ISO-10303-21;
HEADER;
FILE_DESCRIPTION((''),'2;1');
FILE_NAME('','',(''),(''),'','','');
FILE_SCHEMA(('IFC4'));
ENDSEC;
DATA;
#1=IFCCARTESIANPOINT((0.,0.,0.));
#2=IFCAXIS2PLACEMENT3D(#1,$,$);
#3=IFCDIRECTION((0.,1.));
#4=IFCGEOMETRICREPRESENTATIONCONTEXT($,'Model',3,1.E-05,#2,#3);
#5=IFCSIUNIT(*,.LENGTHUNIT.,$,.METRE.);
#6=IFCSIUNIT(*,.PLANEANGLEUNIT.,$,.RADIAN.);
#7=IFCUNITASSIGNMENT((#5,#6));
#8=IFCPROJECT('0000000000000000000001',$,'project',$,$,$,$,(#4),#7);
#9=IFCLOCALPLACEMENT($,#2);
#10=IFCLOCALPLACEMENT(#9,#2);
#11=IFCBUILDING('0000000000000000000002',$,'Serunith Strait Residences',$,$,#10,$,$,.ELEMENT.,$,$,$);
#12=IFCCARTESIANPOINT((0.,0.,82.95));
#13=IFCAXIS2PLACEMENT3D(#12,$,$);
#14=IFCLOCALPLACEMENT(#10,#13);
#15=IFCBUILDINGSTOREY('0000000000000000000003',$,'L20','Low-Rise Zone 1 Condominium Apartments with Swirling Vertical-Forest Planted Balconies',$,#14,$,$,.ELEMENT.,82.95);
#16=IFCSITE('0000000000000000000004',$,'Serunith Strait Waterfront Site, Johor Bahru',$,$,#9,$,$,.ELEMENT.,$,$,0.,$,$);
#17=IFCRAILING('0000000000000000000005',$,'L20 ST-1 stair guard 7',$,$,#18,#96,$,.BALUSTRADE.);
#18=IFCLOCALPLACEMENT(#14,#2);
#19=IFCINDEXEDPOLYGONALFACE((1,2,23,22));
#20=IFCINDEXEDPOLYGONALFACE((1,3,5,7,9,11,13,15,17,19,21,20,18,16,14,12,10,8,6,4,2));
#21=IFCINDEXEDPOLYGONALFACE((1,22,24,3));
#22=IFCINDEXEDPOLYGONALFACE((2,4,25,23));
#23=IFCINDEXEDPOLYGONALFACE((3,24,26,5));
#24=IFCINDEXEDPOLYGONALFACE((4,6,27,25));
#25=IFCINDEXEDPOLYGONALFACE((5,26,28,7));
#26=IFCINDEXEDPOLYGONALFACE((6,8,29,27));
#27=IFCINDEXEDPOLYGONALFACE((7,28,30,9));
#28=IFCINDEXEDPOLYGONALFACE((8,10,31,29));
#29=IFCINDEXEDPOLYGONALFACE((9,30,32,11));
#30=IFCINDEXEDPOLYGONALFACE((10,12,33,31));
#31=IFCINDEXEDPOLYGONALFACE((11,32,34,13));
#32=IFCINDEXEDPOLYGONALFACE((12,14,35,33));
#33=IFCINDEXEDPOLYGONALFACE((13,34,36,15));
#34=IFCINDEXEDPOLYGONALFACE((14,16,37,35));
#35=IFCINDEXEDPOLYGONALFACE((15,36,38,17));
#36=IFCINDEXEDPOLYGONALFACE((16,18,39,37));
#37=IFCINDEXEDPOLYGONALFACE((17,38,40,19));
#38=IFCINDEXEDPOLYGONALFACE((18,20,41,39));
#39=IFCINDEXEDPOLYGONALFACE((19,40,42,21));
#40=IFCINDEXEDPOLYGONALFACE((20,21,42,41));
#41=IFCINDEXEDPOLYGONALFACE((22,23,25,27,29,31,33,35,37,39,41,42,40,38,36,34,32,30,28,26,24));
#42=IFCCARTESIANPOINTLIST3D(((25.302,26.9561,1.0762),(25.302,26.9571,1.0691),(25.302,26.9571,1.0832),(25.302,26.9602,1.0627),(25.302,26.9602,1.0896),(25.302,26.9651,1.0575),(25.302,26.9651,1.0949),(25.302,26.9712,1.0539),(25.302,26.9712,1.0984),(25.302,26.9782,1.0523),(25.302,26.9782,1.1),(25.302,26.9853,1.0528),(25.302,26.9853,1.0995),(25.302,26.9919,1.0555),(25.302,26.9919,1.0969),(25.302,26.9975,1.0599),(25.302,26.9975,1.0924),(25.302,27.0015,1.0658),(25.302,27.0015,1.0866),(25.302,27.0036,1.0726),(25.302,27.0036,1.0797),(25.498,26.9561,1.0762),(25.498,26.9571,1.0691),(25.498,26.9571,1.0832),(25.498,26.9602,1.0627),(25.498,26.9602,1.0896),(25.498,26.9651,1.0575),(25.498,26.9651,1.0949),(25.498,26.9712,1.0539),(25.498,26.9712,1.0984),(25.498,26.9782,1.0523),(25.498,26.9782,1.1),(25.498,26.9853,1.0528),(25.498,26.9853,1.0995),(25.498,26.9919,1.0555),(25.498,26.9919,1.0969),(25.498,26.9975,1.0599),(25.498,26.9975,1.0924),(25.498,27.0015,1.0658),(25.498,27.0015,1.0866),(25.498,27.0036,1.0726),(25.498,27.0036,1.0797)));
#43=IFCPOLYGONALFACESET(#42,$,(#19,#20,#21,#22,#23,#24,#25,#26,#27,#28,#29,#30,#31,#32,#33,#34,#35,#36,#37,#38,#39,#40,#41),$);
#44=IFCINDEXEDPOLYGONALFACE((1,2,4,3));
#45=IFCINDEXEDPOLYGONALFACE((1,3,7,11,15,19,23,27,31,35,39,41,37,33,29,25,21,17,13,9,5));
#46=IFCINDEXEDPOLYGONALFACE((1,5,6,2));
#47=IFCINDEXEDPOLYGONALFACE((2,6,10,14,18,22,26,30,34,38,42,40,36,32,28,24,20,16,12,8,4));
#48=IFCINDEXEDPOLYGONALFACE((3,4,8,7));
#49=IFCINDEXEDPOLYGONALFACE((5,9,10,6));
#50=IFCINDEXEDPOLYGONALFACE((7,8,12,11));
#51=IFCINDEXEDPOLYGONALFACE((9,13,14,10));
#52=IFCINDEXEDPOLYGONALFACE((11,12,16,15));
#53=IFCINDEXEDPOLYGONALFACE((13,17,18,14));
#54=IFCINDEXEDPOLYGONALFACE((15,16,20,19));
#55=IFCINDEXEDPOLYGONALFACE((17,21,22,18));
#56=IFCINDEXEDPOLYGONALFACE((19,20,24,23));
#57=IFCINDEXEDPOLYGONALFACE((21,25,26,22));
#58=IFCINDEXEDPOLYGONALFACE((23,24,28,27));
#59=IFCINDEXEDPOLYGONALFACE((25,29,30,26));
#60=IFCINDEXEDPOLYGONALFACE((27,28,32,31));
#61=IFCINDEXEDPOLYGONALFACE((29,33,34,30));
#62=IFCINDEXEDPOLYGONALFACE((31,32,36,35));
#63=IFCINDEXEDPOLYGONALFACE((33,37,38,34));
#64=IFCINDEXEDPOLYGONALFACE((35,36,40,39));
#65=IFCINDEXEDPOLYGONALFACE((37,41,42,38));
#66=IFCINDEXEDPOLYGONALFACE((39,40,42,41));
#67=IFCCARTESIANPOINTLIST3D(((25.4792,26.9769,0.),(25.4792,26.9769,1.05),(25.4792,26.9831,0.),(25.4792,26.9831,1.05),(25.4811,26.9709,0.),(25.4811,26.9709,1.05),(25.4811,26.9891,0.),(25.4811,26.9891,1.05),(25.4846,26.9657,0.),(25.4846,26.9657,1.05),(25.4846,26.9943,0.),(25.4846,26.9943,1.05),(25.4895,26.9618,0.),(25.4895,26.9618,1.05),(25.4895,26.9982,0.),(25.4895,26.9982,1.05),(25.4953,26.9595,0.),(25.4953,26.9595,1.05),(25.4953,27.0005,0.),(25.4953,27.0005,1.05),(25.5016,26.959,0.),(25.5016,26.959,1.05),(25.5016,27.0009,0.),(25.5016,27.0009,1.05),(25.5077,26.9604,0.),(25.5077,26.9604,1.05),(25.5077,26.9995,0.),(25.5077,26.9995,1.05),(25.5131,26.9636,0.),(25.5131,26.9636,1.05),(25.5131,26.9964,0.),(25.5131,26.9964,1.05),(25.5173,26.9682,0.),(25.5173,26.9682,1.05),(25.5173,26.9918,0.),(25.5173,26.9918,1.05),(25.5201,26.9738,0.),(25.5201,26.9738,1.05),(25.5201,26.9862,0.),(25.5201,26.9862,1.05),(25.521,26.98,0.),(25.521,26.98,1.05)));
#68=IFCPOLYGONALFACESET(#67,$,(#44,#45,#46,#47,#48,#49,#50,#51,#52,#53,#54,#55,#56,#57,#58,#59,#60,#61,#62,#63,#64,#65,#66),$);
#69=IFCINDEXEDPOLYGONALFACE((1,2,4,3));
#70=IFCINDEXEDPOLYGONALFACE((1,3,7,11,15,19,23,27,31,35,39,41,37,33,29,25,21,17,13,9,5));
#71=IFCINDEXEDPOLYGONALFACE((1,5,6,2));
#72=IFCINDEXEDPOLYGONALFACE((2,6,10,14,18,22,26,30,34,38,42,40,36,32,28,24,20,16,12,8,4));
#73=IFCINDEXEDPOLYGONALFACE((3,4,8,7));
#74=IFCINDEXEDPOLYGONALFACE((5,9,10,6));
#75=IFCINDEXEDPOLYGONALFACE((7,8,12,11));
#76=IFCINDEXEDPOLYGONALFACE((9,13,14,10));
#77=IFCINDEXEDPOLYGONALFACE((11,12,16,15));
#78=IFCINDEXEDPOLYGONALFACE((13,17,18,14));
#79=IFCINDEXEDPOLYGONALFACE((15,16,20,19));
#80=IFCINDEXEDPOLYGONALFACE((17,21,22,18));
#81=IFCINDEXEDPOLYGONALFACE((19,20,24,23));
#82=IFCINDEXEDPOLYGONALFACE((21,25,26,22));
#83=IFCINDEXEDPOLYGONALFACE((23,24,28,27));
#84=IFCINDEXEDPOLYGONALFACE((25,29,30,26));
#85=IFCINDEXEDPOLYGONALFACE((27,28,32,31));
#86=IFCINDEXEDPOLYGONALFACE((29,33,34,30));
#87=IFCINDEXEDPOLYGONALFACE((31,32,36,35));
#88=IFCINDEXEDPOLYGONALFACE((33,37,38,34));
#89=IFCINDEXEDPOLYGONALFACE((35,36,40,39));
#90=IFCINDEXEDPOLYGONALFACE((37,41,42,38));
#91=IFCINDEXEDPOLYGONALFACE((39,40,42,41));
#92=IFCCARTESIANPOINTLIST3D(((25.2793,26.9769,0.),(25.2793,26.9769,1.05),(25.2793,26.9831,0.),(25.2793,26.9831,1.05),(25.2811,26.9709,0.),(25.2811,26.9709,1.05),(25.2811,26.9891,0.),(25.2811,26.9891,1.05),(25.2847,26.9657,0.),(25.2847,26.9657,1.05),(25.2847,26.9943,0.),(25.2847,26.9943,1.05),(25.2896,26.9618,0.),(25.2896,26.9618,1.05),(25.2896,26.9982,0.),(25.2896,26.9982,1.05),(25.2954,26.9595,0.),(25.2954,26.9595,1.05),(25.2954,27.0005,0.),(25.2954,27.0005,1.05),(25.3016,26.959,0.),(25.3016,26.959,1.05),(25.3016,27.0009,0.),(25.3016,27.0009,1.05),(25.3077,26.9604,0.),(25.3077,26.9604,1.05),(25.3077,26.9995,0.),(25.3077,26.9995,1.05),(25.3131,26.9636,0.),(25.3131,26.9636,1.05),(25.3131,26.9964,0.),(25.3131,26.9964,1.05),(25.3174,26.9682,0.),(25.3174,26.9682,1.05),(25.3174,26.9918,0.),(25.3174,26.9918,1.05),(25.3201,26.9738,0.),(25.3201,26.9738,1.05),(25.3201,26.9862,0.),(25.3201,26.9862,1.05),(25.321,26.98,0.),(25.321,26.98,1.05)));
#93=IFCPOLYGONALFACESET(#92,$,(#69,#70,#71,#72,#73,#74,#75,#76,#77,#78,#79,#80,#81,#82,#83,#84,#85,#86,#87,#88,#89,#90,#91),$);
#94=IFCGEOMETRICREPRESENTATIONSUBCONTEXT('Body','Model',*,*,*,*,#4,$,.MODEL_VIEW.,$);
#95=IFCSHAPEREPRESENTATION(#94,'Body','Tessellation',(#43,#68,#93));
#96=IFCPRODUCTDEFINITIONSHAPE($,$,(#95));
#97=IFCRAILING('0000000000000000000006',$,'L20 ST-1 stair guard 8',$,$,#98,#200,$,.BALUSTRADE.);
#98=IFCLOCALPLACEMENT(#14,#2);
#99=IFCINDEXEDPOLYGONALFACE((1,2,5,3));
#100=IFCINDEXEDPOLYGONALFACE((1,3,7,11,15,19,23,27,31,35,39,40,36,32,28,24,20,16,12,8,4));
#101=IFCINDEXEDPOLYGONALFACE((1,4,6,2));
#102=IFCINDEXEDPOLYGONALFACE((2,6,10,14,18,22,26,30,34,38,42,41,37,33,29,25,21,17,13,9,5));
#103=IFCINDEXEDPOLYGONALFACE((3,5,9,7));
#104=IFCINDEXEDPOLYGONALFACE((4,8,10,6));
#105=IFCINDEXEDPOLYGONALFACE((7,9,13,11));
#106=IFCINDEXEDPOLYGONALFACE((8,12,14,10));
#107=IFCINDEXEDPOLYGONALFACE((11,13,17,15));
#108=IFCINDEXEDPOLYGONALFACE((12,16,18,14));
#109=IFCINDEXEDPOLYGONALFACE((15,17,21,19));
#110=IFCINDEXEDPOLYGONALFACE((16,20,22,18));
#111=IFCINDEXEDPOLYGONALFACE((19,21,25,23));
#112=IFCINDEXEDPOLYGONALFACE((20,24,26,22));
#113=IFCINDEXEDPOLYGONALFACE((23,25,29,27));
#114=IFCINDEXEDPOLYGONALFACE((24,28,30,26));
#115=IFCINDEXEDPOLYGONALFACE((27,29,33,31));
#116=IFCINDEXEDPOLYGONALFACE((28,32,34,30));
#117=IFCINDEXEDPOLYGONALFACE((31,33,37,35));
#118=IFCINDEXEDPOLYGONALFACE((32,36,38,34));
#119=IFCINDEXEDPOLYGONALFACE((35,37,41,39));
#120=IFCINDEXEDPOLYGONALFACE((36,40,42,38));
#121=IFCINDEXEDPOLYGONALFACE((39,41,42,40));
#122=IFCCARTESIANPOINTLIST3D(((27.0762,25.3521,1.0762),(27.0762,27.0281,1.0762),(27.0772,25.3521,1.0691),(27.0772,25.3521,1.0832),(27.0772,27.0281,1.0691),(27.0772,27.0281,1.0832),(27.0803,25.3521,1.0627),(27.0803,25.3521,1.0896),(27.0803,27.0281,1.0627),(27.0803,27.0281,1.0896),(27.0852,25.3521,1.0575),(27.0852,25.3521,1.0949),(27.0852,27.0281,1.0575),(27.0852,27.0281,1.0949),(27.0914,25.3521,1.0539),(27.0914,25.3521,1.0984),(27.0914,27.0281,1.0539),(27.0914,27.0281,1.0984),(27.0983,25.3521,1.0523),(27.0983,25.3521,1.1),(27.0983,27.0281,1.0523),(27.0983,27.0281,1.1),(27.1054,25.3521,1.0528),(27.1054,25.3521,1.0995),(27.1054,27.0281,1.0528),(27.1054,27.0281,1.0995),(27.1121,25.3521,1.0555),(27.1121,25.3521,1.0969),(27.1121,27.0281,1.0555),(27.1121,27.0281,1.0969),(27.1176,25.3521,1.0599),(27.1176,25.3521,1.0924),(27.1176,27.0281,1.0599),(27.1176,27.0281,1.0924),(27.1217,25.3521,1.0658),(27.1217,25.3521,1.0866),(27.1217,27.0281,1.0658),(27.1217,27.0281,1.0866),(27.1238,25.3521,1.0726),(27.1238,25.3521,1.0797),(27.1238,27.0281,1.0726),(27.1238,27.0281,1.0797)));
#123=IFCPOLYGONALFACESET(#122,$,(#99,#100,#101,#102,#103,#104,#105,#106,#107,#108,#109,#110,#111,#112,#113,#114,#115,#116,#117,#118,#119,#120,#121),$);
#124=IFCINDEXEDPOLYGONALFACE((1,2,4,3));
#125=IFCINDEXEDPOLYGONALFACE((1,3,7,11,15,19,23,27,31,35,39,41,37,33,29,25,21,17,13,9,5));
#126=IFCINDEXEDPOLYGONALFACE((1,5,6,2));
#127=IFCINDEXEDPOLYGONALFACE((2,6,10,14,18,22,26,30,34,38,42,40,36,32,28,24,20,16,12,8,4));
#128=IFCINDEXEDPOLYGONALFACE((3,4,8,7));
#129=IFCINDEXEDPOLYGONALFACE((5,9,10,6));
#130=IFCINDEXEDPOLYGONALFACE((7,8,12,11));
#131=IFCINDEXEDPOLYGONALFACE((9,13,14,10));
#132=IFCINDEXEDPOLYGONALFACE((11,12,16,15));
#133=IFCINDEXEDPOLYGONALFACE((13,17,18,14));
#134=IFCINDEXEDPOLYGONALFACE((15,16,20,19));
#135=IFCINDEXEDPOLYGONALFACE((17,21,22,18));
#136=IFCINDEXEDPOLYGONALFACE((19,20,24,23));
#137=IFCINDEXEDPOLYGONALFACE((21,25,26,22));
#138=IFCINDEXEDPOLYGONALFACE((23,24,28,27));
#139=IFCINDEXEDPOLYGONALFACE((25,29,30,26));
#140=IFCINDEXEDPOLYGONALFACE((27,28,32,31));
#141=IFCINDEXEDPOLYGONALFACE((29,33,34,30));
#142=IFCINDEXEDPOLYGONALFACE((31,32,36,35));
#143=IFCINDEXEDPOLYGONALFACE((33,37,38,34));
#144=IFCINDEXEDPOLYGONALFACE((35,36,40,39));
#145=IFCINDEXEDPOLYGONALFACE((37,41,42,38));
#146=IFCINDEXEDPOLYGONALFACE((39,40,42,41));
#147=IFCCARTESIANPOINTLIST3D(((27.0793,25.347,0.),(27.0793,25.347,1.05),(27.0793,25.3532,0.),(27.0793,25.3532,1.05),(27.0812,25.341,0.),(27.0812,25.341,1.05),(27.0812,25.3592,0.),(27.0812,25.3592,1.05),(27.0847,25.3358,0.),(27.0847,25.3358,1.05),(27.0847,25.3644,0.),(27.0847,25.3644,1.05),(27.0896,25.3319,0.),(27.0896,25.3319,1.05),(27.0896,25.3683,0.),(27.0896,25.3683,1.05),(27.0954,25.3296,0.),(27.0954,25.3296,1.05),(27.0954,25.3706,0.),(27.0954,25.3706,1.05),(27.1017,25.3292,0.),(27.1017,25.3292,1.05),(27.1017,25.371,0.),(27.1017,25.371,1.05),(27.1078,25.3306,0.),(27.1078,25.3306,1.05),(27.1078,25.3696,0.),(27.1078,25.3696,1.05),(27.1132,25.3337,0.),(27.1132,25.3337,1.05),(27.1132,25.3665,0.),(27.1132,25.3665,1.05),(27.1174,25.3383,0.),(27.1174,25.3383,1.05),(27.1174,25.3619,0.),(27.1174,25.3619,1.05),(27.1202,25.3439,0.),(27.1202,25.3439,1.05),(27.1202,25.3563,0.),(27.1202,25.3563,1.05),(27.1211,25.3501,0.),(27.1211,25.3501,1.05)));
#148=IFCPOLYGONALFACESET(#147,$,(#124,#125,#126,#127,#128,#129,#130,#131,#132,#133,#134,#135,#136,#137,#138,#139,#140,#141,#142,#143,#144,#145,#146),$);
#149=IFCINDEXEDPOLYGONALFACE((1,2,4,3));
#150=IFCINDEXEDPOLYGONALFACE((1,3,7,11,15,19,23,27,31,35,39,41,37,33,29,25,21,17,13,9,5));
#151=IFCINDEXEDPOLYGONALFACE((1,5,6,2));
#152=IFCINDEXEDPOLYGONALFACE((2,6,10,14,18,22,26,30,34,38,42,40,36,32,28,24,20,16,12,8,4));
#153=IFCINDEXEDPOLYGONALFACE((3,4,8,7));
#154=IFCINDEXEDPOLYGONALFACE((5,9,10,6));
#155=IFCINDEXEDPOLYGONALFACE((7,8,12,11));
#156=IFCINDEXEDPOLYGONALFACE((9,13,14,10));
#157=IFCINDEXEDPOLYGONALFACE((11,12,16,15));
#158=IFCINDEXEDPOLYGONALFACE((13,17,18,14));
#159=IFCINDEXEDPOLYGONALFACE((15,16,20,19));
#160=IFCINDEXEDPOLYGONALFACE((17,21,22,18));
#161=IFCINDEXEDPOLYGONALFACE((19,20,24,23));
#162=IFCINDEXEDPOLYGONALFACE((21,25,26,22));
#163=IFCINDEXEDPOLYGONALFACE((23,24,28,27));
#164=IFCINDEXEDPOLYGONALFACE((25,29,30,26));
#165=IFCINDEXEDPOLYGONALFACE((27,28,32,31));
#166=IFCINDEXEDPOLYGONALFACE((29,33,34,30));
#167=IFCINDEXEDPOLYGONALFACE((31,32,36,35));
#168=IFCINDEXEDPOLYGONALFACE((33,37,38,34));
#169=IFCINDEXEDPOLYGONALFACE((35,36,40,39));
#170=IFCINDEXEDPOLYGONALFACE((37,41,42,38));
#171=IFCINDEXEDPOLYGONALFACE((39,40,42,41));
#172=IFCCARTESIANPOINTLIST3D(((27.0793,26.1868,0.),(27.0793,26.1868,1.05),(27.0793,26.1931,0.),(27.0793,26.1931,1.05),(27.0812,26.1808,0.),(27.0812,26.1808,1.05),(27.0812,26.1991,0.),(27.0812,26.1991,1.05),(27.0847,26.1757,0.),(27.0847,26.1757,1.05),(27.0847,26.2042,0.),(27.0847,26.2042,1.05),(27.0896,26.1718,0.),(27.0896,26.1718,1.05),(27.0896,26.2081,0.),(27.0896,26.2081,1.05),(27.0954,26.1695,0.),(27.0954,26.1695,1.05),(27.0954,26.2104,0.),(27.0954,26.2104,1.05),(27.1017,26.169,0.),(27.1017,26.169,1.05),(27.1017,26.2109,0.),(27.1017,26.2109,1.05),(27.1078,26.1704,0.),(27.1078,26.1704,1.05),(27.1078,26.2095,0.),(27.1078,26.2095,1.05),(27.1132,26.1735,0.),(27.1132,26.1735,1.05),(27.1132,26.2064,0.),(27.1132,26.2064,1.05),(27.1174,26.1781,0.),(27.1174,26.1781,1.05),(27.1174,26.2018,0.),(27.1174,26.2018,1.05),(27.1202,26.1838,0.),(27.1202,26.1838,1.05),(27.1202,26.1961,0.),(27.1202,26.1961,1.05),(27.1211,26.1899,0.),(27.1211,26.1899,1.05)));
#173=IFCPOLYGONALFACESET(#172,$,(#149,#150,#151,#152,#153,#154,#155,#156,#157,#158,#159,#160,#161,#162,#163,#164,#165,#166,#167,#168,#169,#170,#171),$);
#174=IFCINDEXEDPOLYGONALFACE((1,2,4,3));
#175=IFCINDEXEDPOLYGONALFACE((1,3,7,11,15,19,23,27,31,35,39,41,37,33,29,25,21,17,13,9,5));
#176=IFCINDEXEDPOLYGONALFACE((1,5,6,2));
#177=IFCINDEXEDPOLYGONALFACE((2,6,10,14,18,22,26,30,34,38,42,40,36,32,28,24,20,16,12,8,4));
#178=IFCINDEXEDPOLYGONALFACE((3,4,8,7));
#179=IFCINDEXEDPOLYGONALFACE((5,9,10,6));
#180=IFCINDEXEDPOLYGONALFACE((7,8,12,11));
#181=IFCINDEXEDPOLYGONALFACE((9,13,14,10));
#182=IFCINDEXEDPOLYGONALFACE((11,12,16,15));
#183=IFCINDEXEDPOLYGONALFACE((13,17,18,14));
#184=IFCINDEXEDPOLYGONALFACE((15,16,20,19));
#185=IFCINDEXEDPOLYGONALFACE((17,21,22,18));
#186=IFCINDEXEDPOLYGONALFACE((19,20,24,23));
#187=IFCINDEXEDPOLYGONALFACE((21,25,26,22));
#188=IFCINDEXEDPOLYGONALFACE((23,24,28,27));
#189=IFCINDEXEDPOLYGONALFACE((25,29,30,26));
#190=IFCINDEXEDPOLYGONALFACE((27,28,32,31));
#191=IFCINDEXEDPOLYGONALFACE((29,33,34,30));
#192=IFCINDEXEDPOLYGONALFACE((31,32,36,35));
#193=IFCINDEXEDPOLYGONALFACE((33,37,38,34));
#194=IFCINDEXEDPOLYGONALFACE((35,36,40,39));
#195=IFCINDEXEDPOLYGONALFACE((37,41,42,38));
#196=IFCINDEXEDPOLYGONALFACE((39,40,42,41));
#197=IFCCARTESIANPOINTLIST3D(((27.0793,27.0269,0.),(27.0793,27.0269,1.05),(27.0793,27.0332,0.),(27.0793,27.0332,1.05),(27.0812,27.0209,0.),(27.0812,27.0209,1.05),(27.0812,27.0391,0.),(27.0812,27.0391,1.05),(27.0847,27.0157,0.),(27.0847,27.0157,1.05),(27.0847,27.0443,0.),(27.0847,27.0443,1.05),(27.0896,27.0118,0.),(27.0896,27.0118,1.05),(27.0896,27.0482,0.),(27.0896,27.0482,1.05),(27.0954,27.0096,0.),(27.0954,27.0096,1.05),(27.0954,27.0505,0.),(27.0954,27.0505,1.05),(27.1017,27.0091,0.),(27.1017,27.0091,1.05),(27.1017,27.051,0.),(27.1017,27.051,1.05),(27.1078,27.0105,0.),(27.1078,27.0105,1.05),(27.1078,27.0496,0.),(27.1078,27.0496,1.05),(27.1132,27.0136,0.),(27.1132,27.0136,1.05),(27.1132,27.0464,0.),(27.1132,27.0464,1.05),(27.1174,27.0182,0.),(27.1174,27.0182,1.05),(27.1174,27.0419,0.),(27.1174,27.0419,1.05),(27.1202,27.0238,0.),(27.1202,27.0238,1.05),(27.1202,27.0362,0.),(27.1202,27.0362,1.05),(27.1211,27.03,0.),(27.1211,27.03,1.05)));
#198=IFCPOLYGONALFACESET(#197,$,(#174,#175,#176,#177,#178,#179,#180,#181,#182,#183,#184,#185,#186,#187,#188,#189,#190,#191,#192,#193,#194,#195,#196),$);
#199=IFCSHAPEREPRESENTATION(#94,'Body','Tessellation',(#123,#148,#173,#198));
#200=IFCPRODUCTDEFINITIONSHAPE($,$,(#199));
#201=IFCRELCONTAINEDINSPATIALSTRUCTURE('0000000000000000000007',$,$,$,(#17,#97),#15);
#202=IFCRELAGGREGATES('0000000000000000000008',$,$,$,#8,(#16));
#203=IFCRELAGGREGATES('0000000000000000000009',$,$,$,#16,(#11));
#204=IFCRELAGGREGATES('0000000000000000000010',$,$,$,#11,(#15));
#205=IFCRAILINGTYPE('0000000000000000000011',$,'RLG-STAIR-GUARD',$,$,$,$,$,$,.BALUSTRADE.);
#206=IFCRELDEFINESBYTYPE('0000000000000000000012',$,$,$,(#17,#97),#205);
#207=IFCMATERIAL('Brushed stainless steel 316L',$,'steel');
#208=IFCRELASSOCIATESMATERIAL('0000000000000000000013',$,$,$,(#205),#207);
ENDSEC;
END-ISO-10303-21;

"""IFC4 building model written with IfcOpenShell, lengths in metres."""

from ifc_helpers import new_model, si_unit, direction, frame, origin, origin_2d, place, context, subcontext, project, spatial, circle, extrude, material, type_object, element, save


model = new_model("IFC4")

# Units and contexts
model_context = context("Model", 3, precision=1e-05, world=origin(), true_north=direction((0.0, 1.0)))
body_context = subcontext(model_context, "Body", "Model", "MODEL_VIEW")
ifc_project = project(units=[si_unit("LENGTHUNIT", "METRE"), si_unit("PLANEANGLEUNIT", "RADIAN")], contexts=[model_context])

# Site, building, storey
site_placement = place(None, origin())
site = spatial("IfcSite", under=ifc_project, at=site_placement, Name="Serunith Strait Waterfront Site, Johor Bahru", CompositionType="ELEMENT", RefElevation=0.0)
building_placement = place(site_placement, origin())
building = spatial("IfcBuilding", under=site, at=building_placement, Name="Serunith Strait Residences", CompositionType="ELEMENT")
storey_placement = place(building_placement, frame((0.0, 0.0, 82.95)))
storey = spatial("IfcBuildingStorey", under=building, at=storey_placement, Name="L20", Description="Low-Rise Zone 1 Condominium Apartments with Swirling Vertical-Forest Planted Balconies", CompositionType="ELEMENT", Elevation=82.95)

# Railings
ifc_material_1 = material(Name="Brushed stainless steel 316L", Category="steel")
railing_type_1 = type_object("IfcRailingType", Name="RLG-STAIR-GUARD", PredefinedType="BALUSTRADE", material=ifc_material_1)
railing_1_placement = place(storey_placement, frame((25.5, 26.98, 0.0)))
element("IfcRailing", 1, at=railing_1_placement, inside=storey, type_object=railing_type_1, Name="L20 ST-1 stair guard 7", PredefinedType="BALUSTRADE", context=body_context, shape_type="SweptSolid", body=[
    extrude(circle(Radius=0.0239, at=origin_2d()), frame((-0.002, 0.0, 1.0762), z_axis=(-1.0, 0.0, 0.0), x_axis=(0.0, -1.0, 0.0)), (0.0, 0.0, 1.0), 0.196),
    extrude(circle(Radius=0.021, at=origin_2d()), origin(), (0.0, 0.0, 1.0), 1.05),
    extrude(circle(Radius=0.021, at=origin_2d()), frame((-0.2, 0.0, 0.0)), (0.0, 0.0, 1.0), 1.05),
])
for number, where, name in (
    (2, (27.1001, 25.3501, 0.0), "L20 ST-1 stair guard 8"),
):
    element("IfcRailing", number, at=place(storey_placement, frame(where)), inside=storey, type_object=railing_type_1, Name=name, PredefinedType="BALUSTRADE", context=body_context, shape_type="SweptSolid", body=[
        extrude(circle(Radius=0.0239, at=origin_2d()), frame((0.0, 0.002, 1.0762), z_axis=(0.0, 1.0, 0.0), x_axis=(-1.0, 0.0, 0.0)), (0.0, 0.0, 1.0), 1.676),
        extrude(circle(Radius=0.021, at=origin_2d()), origin(), (0.0, 0.0, 1.0), 1.05),
        extrude(circle(Radius=0.021, at=origin_2d()), frame((0.0, 0.8398, 0.0)), (0.0, 0.0, 1.0), 1.05),
        extrude(circle(Radius=0.021, at=origin_2d()), frame((0.0, 1.6799, 0.0)), (0.0, 0.0, 1.0), 1.05),
    ])

save(model, "model.ifc")
